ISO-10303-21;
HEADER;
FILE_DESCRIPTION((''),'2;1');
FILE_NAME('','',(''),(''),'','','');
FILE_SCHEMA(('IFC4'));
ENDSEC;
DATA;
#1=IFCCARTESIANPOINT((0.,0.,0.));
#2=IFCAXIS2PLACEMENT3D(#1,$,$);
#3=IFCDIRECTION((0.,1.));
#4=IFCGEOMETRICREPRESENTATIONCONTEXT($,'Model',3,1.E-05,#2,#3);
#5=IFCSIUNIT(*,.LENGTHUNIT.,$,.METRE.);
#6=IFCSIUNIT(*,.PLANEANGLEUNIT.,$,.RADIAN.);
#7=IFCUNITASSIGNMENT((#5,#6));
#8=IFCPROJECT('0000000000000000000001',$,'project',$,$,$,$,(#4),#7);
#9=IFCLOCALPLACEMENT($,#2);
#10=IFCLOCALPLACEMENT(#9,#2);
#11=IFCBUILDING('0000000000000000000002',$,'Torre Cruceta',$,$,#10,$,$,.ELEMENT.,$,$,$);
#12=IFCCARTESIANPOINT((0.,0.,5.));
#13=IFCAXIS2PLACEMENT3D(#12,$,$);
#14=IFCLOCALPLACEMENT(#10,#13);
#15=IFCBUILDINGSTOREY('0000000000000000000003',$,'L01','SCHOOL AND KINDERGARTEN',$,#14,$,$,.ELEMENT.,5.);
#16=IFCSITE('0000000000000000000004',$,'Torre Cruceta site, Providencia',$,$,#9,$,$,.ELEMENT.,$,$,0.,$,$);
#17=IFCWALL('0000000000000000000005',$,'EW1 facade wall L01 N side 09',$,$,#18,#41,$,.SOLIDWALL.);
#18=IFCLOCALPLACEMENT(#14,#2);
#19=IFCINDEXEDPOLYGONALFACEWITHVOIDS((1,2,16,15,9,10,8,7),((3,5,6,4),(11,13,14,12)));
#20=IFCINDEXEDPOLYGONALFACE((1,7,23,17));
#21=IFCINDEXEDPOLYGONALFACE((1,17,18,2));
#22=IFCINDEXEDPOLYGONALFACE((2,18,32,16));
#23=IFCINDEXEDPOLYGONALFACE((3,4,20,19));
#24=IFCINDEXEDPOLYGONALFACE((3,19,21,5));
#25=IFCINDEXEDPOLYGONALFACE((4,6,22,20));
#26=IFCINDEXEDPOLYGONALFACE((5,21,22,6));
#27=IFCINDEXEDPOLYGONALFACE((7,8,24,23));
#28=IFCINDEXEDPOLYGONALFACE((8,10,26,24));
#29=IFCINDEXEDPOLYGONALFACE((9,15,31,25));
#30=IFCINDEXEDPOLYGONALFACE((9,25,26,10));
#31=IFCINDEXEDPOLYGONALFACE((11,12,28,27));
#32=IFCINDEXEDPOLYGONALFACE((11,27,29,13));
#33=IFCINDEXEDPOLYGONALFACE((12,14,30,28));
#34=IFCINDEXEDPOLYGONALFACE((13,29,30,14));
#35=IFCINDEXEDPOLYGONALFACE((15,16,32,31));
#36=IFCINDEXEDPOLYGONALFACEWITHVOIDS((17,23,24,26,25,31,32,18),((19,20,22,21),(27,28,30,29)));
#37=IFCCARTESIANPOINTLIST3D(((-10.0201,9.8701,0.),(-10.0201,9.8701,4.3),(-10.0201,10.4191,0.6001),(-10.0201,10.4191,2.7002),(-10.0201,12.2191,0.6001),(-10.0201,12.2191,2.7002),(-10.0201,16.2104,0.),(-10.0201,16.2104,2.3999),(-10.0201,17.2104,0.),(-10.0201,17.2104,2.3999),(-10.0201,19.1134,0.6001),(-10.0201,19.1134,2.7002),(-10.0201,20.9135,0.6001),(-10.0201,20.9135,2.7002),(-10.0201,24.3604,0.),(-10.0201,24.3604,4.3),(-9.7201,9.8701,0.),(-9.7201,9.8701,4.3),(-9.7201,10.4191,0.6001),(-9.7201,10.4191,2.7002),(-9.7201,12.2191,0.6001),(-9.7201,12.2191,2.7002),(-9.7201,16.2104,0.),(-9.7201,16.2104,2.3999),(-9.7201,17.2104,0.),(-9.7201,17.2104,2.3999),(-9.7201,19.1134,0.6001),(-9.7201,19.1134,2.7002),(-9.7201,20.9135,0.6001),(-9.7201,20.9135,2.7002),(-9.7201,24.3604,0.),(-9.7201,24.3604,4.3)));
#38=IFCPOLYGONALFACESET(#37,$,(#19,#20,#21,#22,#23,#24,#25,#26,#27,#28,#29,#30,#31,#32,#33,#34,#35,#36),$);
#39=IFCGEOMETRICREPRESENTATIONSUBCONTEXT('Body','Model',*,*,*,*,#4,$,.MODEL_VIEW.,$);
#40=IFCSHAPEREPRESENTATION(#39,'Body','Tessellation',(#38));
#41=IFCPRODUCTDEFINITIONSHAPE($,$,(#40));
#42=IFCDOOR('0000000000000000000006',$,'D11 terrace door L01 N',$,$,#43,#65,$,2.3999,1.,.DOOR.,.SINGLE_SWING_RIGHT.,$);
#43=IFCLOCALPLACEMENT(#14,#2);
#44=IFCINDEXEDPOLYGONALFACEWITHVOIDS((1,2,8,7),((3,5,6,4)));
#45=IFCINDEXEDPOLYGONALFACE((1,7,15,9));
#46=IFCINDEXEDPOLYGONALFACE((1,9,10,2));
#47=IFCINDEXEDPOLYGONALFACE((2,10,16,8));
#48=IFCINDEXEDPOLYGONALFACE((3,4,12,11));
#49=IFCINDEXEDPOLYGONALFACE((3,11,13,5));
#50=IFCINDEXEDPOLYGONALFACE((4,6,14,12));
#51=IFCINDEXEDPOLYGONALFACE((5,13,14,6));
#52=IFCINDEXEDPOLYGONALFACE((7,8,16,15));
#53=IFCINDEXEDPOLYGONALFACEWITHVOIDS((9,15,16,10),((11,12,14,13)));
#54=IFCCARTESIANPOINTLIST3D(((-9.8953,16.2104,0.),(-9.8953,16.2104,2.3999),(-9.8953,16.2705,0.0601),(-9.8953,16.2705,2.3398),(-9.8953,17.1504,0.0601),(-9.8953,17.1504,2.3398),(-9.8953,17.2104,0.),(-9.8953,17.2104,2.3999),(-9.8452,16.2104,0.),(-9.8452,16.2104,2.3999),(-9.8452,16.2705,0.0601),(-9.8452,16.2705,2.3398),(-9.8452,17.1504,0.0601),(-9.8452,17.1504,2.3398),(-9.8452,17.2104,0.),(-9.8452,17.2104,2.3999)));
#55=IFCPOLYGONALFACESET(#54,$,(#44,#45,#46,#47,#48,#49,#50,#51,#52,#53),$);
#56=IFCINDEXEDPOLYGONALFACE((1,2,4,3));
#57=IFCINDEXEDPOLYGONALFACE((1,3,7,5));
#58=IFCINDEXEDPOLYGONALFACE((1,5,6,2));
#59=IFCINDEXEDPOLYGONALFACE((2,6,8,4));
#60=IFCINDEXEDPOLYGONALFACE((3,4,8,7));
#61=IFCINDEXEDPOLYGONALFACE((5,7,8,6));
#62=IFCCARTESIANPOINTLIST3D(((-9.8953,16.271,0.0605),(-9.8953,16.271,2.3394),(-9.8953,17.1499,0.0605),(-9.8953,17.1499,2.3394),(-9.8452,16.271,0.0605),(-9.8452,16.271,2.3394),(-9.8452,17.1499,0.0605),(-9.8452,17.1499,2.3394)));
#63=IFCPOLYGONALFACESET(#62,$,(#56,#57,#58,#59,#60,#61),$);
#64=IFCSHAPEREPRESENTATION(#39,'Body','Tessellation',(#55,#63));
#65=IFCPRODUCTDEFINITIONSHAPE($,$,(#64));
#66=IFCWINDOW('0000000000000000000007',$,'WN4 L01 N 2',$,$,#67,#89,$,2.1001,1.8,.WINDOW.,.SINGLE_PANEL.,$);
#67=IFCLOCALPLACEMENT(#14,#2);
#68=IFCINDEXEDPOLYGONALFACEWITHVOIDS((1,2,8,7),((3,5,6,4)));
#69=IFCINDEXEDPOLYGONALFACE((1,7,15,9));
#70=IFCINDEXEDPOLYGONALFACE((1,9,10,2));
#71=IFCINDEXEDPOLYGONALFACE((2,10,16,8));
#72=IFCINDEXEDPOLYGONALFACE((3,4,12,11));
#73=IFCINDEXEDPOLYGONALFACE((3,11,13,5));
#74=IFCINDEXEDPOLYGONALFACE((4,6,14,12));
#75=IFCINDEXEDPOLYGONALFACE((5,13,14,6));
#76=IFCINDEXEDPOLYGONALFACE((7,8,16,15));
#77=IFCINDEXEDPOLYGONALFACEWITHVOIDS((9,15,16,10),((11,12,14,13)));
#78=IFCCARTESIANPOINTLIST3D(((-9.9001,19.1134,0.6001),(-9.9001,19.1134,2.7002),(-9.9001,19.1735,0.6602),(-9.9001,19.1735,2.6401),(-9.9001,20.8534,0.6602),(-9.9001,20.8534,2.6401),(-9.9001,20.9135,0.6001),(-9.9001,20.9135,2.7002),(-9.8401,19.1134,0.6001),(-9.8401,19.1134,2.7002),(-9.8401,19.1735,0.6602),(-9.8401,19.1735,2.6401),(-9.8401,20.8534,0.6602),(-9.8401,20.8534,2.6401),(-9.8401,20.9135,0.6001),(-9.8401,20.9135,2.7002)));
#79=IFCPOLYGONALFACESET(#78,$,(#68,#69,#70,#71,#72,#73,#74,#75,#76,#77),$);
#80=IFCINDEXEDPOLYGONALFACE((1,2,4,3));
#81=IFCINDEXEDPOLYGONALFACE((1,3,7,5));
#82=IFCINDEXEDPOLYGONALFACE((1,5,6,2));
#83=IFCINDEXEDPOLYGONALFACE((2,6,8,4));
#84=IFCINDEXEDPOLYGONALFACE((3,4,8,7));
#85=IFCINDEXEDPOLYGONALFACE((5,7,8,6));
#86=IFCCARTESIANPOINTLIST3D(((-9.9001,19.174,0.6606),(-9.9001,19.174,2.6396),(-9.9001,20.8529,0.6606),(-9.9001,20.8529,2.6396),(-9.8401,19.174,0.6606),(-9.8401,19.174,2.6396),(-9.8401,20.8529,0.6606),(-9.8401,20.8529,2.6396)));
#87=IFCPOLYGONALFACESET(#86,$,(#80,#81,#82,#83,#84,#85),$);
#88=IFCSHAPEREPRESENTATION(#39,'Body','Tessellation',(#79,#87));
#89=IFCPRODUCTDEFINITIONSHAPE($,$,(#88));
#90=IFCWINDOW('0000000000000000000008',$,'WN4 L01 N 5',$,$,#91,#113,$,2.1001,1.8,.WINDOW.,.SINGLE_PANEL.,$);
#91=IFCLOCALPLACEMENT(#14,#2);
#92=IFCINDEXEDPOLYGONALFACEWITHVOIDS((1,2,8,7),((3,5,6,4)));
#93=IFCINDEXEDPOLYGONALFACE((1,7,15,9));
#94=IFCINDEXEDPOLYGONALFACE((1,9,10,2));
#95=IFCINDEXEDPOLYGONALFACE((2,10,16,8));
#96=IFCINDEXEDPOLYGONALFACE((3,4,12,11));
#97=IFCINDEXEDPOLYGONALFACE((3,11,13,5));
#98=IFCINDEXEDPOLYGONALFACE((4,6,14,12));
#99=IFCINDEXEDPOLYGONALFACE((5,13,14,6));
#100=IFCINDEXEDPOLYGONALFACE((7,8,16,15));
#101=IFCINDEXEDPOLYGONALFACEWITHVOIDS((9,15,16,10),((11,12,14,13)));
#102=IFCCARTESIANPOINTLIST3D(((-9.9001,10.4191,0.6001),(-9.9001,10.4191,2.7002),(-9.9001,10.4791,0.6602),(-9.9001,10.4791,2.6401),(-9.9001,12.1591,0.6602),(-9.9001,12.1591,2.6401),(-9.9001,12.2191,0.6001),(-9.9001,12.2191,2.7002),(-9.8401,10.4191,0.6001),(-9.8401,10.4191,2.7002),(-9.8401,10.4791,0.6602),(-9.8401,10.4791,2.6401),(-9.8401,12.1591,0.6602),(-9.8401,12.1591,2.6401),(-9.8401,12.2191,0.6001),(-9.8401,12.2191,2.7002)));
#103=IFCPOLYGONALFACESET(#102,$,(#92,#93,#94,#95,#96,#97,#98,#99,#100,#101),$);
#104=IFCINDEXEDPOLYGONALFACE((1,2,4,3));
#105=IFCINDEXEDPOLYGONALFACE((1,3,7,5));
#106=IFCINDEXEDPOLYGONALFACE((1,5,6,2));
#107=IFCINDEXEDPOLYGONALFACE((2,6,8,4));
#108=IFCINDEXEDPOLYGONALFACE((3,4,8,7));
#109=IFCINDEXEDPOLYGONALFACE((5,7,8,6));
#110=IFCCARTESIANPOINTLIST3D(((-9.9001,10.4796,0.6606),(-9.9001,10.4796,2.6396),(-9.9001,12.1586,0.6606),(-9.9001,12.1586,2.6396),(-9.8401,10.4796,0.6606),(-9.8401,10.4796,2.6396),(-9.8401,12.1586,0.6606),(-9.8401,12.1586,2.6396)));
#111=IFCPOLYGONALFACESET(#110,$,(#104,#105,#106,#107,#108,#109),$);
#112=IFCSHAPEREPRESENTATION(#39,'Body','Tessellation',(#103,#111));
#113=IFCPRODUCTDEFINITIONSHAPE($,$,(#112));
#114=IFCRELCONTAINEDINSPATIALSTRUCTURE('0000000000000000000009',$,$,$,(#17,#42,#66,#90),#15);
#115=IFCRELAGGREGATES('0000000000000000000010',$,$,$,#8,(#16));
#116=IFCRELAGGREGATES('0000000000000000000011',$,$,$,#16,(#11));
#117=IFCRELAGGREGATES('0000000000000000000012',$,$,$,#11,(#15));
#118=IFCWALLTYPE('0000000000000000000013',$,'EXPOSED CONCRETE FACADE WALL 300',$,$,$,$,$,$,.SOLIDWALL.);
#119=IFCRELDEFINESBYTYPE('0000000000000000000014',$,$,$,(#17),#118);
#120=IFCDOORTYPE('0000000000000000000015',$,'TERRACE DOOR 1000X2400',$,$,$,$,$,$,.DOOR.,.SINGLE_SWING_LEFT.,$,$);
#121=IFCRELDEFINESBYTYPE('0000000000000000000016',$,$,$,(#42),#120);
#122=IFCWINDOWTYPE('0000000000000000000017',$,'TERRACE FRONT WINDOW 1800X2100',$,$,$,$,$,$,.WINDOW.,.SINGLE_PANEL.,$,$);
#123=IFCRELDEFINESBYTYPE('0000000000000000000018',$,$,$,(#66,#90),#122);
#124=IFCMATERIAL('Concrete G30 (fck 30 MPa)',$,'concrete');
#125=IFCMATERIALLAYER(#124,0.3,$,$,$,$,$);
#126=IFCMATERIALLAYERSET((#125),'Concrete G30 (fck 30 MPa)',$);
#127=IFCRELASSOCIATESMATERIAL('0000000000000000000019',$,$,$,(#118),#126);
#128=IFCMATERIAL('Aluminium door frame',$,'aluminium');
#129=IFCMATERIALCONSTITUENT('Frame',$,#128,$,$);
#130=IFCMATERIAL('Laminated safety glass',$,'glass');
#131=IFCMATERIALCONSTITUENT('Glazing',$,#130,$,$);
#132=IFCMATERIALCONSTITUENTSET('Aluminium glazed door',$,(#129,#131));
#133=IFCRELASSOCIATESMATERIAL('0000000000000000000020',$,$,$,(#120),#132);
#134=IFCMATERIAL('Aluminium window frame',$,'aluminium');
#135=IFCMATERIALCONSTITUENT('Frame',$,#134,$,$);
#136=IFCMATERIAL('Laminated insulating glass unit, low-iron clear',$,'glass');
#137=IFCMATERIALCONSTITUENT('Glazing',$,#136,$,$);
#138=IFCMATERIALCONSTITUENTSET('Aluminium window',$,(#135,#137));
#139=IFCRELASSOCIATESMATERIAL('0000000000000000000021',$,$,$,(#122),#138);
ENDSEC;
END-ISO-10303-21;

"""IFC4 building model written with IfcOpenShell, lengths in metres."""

from ifc_helpers import new_model, si_unit, direction, frame, frame_2d, origin, place, context, subcontext, project, spatial, rectangle, hollow_rectangle, extrude, material, layer, layer_set, constituent, constituent_set, type_object, element, fill, save


model = new_model("IFC4")

# Units and contexts
model_context = context("Model", 3, precision=1e-05, world=origin(), true_north=direction((0.0, 1.0)))
body_context = subcontext(model_context, "Body", "Model", "MODEL_VIEW")
ifc_project = project(units=[si_unit("LENGTHUNIT", "METRE"), si_unit("PLANEANGLEUNIT", "RADIAN")], contexts=[model_context])

# Site, building, storey
site_placement = place(None, origin())
site = spatial("IfcSite", under=ifc_project, at=site_placement, Name="Torre Cruceta site, Providencia", CompositionType="ELEMENT", RefElevation=0.0)
building_placement = place(site_placement, origin())
building = spatial("IfcBuilding", under=site, at=building_placement, Name="Torre Cruceta", CompositionType="ELEMENT")
storey_placement = place(building_placement, frame((0.0, 0.0, 5.0)))
storey = spatial("IfcBuildingStorey", under=building, at=storey_placement, Name="L01", Description="SCHOOL AND KINDERGARTEN", CompositionType="ELEMENT", Elevation=5.0)

# Shared definitions
ifc_material_1 = material(Name="Concrete G30 (fck 30 MPa)", Category="concrete")
ifc_layer_1 = layer(ifc_material_1, 0.3)
ifc_layer_set_1 = layer_set([ifc_layer_1], Name="Concrete G30 (fck 30 MPa)")
wall_type_1 = type_object("IfcWallType", Name="EXPOSED CONCRETE FACADE WALL 300", PredefinedType="SOLIDWALL", material=ifc_layer_set_1)

# Wall, openings, door, windows
wall_1_placement = place(storey_placement, frame((-9.8701, 24.3604, 0.0), z_axis=(0.0, 0.0, 1.0), x_axis=(0.0, -1.0, 0.0)))
wall_1 = element("IfcWall", 1, at=wall_1_placement, inside=storey, type_object=wall_type_1, Name="EW1 facade wall L01 N side 09", PredefinedType="SOLIDWALL", context=body_context, shape_type="SweptSolid", body=[
    extrude(rectangle(XDim=14.4902, YDim=0.3, at=frame_2d((7.2451, 0.0))), origin(), (0.0, 0.0, 1.0), 4.3),
])
opening_1_placement = place(wall_1_placement, frame((7.1499, 0.0, 0.0)))
opening_1 = element("IfcOpeningElement", 2, at=opening_1_placement, cuts=wall_1, PredefinedType="OPENING", context=body_context, shape_type="SweptSolid", body=[
    extrude(rectangle(XDim=1.0, YDim=2.3999, at=frame_2d((0.5, 1.2))), frame((0.0, 0.1599, 0.0), z_axis=(0.0, -1.0, 0.0), x_axis=(1.0, 0.0, 0.0)), (0.0, 0.0, 1.0), 0.3201),
])
opening_2_placement = place(wall_1_placement, frame((3.447, 0.0, 0.6001)))
opening_2 = element("IfcOpeningElement", 3, at=opening_2_placement, cuts=wall_1, PredefinedType="OPENING", context=body_context, shape_type="SweptSolid", body=[
    extrude(rectangle(XDim=1.8, YDim=2.1001, at=frame_2d((0.8999, 1.05))), frame((0.0, 0.1599, 0.0), z_axis=(0.0, -1.0, 0.0), x_axis=(1.0, 0.0, 0.0)), (0.0, 0.0, 1.0), 0.3201),
])
opening_3_placement = place(wall_1_placement, frame((12.1414, 0.0, 0.6001)))
opening_3 = element("IfcOpeningElement", 4, at=opening_3_placement, cuts=wall_1, PredefinedType="OPENING", context=body_context, shape_type="SweptSolid", body=[
    extrude(rectangle(XDim=1.8, YDim=2.1001, at=frame_2d((0.8999, 1.05))), frame((0.0, 0.1599, 0.0), z_axis=(0.0, -1.0, 0.0), x_axis=(1.0, 0.0, 0.0)), (0.0, 0.0, 1.0), 0.3201),
])
ifc_material_2 = material(Name="Aluminium door frame", Category="aluminium")
ifc_constituent_1 = constituent(ifc_material_2, Name="Frame")
ifc_material_3 = material(Name="Laminated safety glass", Category="glass")
ifc_constituent_2 = constituent(ifc_material_3, Name="Glazing")
ifc_constituent_set_1 = constituent_set(constituents=[ifc_constituent_1, ifc_constituent_2], Name="Aluminium glazed door")
door_type_1 = type_object("IfcDoorType", Name="TERRACE DOOR 1000X2400", OperationType="SINGLE_SWING_LEFT", PredefinedType="DOOR", material=ifc_constituent_set_1)
door_1_placement = place(opening_1_placement, origin())
door_1 = element("IfcDoor", 5, at=door_1_placement, inside=storey, type_object=door_type_1, Name="D11 terrace door L01 N", OperationType="SINGLE_SWING_RIGHT", OverallHeight=2.3999, OverallWidth=1.0, PredefinedType="DOOR", context=body_context, shape_type="SweptSolid", body=[
    extrude(hollow_rectangle(XDim=1.0, YDim=2.3999, WallThickness=0.0601, at=frame_2d((0.5, 1.2))), frame((0.0, 0.0249, 0.0), z_axis=(0.0, -1.0, 0.0), x_axis=(1.0, 0.0, 0.0)), (0.0, 0.0, 1.0), 0.05),
    extrude(rectangle(XDim=0.8789, YDim=2.2788, at=frame_2d((0.5, 1.2))), frame((0.0, 0.0249, 0.0), z_axis=(0.0, -1.0, 0.0), x_axis=(1.0, 0.0, 0.0)), (0.0, 0.0, 1.0), 0.05),
])
fill(opening_1, door_1)
ifc_material_4 = material(Name="Aluminium window frame", Category="aluminium")
ifc_constituent_3 = constituent(ifc_material_4, Name="Frame")
ifc_material_5 = material(Name="Laminated insulating glass unit, low-iron clear", Category="glass")
ifc_constituent_4 = constituent(ifc_material_5, Name="Glazing")
ifc_constituent_set_2 = constituent_set(constituents=[ifc_constituent_3, ifc_constituent_4], Name="Aluminium window")
window_type = type_object("IfcWindowType", Name="TERRACE FRONT WINDOW 1800X2100", PartitioningType="SINGLE_PANEL", PredefinedType="WINDOW", material=ifc_constituent_set_2)
window_1_placement = place(opening_2_placement, origin())
window_1 = element("IfcWindow", 6, at=window_1_placement, inside=storey, type_object=window_type, Name="WN4 L01 N 2", OverallHeight=2.1001, OverallWidth=1.8, PartitioningType="SINGLE_PANEL", PredefinedType="WINDOW", context=body_context, shape_type="SweptSolid", body=[
    extrude(hollow_rectangle(XDim=1.8, YDim=2.1001, WallThickness=0.0601, at=frame_2d((0.8999, 1.05))), frame((0.0, 0.03, 0.0), z_axis=(0.0, -1.0, 0.0), x_axis=(1.0, 0.0, 0.0)), (0.0, 0.0, 1.0), 0.0601),
    extrude(rectangle(XDim=1.679, YDim=1.979, at=frame_2d((0.8999, 1.05))), frame((0.0, 0.03, 0.0), z_axis=(0.0, -1.0, 0.0), x_axis=(1.0, 0.0, 0.0)), (0.0, 0.0, 1.0), 0.0601),
])
fill(opening_2, window_1)
window_2_placement = place(opening_3_placement, origin())
window_2 = element("IfcWindow", 7, at=window_2_placement, inside=storey, type_object=window_type, Name="WN4 L01 N 5", OverallHeight=2.1001, OverallWidth=1.8, PartitioningType="SINGLE_PANEL", PredefinedType="WINDOW", context=body_context, shape_type="SweptSolid", body=[
    extrude(hollow_rectangle(XDim=1.8, YDim=2.1001, WallThickness=0.0601, at=frame_2d((0.8999, 1.05))), frame((0.0, 0.03, 0.0), z_axis=(0.0, -1.0, 0.0), x_axis=(1.0, 0.0, 0.0)), (0.0, 0.0, 1.0), 0.0601),
    extrude(rectangle(XDim=1.679, YDim=1.979, at=frame_2d((0.8999, 1.05))), frame((0.0, 0.03, 0.0), z_axis=(0.0, -1.0, 0.0), x_axis=(1.0, 0.0, 0.0)), (0.0, 0.0, 1.0), 0.0601),
])
fill(opening_3, window_2)

save(model, "model.ifc")
